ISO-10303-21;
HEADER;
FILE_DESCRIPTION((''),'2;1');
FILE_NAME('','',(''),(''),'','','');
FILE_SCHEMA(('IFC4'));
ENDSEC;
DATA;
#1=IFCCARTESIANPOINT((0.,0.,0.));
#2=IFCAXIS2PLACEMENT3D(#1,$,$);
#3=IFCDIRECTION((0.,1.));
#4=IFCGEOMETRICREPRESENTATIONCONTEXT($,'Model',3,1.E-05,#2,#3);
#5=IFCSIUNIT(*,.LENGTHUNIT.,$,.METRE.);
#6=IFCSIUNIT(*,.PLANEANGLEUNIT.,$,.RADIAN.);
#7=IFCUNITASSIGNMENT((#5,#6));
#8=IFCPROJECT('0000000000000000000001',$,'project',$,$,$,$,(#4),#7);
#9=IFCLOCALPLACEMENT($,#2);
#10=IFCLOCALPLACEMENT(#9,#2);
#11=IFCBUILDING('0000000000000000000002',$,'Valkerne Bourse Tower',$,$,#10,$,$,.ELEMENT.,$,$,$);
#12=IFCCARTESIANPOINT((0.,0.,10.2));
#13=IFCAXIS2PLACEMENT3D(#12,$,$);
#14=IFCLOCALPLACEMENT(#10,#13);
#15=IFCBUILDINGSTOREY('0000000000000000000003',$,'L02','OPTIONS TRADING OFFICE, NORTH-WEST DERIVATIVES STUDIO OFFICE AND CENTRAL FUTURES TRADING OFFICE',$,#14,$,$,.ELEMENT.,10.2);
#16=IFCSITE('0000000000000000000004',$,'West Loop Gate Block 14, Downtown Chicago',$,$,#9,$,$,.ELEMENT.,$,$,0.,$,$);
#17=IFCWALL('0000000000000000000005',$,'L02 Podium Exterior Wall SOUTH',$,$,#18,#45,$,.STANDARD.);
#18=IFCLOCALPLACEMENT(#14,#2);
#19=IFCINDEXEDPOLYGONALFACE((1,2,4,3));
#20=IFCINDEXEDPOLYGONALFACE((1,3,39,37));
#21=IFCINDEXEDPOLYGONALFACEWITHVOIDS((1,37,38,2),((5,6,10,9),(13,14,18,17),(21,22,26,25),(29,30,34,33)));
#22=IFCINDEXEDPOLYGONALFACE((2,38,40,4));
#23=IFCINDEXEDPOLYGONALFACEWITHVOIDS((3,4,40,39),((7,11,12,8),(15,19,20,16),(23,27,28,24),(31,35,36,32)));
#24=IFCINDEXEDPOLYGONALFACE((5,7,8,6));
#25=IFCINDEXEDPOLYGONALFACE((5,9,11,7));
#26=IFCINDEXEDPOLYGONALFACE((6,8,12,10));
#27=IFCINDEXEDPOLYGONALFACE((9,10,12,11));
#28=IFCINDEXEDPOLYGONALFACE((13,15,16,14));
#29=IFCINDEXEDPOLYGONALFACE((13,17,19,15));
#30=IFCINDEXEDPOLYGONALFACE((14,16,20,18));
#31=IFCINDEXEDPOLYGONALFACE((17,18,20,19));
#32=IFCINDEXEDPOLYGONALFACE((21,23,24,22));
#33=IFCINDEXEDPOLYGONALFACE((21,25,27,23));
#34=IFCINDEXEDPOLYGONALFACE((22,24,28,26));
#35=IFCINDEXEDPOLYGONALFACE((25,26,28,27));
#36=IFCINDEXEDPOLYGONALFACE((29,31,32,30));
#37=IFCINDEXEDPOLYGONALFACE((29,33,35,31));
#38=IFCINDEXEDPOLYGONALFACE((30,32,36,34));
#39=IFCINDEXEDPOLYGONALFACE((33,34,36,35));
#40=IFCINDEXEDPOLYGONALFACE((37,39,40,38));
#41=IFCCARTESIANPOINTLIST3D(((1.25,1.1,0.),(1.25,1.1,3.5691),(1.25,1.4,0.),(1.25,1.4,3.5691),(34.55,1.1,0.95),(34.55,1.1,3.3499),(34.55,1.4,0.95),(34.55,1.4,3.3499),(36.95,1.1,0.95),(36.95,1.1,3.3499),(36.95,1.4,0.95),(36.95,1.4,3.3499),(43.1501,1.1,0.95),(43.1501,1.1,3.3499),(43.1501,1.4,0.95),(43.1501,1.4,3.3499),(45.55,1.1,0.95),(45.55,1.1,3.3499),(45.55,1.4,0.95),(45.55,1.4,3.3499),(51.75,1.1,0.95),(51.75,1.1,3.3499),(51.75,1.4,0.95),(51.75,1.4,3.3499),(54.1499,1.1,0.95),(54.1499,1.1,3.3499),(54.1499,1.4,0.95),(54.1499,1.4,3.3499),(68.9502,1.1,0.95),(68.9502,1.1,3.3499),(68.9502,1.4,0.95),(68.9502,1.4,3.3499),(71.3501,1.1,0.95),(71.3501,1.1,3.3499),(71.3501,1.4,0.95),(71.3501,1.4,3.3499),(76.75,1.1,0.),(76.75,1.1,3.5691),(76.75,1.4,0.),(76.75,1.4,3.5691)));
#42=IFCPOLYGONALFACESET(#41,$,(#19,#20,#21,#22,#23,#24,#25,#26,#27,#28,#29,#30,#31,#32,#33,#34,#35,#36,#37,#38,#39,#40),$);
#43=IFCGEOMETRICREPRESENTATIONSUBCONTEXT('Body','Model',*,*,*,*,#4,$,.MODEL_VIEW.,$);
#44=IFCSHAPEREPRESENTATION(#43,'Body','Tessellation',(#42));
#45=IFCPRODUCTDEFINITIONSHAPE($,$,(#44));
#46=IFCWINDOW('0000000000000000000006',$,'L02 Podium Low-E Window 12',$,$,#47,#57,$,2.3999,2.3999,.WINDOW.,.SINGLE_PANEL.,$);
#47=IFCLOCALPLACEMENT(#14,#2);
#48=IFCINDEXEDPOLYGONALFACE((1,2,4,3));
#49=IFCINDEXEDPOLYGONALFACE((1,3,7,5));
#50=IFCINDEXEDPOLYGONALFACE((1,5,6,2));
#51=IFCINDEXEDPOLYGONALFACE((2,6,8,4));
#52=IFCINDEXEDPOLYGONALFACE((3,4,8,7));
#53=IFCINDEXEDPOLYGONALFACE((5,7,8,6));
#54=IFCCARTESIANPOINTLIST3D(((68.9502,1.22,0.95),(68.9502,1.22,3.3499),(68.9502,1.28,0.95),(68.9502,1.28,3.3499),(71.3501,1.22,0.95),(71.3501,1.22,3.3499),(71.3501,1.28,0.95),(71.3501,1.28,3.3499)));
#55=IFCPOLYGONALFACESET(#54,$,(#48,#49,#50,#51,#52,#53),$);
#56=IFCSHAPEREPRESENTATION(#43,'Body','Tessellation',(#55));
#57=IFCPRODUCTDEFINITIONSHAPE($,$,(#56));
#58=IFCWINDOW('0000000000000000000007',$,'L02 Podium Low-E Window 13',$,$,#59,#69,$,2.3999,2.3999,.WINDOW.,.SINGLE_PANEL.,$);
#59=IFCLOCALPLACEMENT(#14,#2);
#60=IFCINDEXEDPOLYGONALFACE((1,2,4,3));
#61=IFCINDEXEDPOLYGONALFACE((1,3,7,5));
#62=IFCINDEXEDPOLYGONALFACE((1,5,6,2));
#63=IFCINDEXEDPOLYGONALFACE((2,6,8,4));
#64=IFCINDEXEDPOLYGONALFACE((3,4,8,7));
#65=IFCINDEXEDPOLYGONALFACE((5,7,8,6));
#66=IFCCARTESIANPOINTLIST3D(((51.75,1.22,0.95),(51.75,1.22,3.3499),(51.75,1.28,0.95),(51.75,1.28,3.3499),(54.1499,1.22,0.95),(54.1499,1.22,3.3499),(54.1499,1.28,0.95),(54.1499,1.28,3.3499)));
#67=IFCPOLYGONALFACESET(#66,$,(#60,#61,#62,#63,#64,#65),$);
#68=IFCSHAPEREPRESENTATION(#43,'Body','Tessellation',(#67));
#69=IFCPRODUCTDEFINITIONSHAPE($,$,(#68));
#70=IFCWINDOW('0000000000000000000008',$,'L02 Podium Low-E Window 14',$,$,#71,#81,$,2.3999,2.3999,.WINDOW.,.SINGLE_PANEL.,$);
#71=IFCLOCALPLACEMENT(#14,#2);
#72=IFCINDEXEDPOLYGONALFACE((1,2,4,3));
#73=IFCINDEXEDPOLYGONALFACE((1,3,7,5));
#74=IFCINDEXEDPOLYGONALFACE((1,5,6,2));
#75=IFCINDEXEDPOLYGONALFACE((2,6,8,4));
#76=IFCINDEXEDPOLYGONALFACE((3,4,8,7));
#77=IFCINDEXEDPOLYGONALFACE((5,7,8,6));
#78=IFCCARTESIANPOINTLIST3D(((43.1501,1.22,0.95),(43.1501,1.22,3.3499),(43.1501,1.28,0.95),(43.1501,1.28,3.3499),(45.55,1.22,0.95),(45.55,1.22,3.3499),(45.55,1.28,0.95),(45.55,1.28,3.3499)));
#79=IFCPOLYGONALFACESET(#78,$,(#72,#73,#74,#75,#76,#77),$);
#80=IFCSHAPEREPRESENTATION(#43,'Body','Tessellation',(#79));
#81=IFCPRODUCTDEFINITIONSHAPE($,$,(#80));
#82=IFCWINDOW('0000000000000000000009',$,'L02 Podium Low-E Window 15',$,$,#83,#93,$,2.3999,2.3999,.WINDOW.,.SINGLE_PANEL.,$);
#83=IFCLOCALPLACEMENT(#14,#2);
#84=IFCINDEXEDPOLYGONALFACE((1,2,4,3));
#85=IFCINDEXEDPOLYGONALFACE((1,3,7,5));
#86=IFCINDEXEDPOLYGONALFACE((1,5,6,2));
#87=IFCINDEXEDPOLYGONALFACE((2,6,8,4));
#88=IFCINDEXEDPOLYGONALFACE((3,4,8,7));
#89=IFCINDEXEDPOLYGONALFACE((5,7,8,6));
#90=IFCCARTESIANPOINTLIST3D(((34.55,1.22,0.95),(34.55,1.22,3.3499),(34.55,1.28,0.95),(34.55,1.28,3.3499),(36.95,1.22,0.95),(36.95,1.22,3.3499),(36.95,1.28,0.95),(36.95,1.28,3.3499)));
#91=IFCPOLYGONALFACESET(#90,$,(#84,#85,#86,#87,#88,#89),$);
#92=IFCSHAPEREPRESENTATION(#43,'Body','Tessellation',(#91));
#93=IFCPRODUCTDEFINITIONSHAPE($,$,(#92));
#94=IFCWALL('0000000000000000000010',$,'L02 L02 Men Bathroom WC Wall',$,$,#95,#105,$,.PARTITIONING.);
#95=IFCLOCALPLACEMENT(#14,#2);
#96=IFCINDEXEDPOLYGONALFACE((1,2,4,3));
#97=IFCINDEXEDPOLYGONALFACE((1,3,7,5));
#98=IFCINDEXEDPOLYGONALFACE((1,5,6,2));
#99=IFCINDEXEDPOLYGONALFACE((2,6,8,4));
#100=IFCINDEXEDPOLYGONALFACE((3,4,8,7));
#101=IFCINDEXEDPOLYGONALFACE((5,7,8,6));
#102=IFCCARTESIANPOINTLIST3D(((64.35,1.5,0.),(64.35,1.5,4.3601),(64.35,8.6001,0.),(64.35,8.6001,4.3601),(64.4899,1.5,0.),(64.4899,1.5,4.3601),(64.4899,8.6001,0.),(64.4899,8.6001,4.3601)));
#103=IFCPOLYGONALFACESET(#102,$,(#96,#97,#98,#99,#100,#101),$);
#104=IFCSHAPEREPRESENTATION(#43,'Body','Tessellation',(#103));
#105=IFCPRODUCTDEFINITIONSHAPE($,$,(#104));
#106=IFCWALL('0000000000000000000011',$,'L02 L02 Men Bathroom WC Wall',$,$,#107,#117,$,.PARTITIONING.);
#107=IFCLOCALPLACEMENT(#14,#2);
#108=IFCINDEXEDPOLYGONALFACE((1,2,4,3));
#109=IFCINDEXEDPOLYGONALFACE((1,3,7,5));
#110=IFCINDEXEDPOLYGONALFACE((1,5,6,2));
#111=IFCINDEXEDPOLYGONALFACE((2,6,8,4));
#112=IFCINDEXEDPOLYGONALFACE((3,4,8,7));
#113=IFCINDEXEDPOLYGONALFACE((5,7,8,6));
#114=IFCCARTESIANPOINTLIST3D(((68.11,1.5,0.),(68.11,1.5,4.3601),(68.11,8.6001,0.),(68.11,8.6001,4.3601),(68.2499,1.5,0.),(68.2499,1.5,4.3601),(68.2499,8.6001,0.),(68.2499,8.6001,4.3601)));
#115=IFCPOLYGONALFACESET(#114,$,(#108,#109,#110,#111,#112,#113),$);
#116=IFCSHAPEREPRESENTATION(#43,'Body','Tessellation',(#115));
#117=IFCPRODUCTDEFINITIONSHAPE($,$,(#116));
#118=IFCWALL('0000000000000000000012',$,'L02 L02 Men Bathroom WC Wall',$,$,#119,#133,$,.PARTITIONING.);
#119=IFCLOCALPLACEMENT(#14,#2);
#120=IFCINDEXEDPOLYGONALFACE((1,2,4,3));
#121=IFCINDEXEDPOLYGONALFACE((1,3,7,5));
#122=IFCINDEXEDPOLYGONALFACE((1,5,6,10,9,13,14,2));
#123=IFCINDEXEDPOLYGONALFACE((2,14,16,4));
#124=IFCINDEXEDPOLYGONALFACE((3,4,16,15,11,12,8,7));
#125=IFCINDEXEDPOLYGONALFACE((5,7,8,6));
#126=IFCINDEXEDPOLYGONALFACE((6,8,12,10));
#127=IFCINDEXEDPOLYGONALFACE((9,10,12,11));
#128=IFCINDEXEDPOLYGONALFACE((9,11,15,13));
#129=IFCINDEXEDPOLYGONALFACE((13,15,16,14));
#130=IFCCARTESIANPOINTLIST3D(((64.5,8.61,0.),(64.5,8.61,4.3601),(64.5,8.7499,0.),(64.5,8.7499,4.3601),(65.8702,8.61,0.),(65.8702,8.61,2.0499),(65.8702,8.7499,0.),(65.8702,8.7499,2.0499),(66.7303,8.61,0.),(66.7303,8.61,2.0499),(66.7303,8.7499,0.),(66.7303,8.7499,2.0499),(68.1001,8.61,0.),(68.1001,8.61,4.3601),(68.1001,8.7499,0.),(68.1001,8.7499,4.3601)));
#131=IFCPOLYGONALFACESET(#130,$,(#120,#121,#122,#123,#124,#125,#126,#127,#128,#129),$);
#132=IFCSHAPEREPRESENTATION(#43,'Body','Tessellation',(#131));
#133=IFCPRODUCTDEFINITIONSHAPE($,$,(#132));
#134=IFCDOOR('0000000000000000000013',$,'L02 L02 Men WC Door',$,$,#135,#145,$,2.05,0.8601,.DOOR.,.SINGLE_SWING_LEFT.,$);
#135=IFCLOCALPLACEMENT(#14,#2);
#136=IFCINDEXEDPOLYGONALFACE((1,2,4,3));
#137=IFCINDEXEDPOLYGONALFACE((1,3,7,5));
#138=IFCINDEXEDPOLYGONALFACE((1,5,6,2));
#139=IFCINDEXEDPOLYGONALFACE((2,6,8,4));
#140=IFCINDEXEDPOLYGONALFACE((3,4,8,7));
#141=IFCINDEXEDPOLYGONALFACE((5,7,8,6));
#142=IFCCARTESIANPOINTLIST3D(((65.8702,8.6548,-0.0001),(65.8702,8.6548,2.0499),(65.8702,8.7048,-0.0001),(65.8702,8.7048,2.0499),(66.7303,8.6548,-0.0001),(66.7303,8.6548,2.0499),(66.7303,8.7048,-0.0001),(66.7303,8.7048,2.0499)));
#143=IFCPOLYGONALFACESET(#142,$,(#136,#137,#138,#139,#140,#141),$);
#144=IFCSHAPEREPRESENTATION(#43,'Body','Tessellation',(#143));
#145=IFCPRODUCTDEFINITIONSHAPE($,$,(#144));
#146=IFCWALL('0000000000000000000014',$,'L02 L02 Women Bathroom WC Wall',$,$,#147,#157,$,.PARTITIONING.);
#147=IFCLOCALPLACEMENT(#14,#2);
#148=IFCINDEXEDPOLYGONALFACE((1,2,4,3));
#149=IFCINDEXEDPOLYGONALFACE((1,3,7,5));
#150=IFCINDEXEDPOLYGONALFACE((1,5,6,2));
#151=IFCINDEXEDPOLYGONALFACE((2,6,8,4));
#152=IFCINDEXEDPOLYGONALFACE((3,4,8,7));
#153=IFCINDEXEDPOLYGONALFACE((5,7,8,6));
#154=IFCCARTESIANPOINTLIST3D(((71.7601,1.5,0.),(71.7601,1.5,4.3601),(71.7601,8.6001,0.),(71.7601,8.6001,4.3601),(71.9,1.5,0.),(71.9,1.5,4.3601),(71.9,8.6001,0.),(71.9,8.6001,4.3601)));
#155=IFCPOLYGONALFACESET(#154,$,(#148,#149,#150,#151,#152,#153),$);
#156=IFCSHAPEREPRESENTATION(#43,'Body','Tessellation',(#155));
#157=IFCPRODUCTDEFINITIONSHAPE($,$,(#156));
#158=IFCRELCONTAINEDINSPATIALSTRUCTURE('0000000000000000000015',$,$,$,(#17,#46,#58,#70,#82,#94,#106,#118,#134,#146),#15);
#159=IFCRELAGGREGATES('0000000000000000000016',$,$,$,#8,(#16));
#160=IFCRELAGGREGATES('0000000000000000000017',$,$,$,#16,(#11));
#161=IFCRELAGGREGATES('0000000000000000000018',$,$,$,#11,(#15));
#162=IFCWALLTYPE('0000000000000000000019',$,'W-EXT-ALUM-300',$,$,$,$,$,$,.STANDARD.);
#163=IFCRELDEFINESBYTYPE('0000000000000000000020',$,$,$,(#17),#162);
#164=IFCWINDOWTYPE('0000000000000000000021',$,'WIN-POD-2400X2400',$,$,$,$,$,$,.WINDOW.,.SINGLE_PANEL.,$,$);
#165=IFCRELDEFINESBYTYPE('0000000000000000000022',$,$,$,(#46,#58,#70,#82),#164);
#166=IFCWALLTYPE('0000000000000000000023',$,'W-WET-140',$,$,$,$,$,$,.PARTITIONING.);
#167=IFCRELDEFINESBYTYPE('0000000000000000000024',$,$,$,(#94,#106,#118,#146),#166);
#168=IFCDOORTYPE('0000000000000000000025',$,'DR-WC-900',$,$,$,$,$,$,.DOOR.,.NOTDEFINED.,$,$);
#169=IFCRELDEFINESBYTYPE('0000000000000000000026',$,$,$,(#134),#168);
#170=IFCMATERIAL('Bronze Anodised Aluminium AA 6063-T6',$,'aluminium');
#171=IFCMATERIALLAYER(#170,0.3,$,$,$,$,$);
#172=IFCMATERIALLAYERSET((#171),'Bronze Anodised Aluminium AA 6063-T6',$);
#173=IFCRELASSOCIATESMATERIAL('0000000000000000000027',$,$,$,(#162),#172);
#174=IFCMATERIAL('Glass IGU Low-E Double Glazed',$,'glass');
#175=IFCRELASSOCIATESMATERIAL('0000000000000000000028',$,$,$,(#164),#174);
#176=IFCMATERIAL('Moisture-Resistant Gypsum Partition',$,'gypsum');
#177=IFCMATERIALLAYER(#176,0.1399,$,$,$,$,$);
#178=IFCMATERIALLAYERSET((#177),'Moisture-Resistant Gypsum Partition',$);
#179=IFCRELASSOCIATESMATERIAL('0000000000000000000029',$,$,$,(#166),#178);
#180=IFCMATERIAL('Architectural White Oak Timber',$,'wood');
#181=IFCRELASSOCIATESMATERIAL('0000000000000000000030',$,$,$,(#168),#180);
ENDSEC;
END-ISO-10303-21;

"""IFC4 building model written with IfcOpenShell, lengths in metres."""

from ifc_helpers import new_model, si_unit, direction, frame, frame_2d, origin, place, context, subcontext, project, spatial, rectangle, extrude, material, layer, layer_set, type_object, element, fill, save


model = new_model("IFC4")

# Units and contexts
model_context = context("Model", 3, precision=1e-05, world=origin(), true_north=direction((0.0, 1.0)))
body_context = subcontext(model_context, "Body", "Model", "MODEL_VIEW")
ifc_project = project(units=[si_unit("LENGTHUNIT", "METRE"), si_unit("PLANEANGLEUNIT", "RADIAN")], contexts=[model_context])

# Site, building, storey
site_placement = place(None, origin())
site = spatial("IfcSite", under=ifc_project, at=site_placement, Name="West Loop Gate Block 14, Downtown Chicago", CompositionType="ELEMENT", RefElevation=0.0)
building_placement = place(site_placement, origin())
building = spatial("IfcBuilding", under=site, at=building_placement, Name="Valkerne Bourse Tower", CompositionType="ELEMENT")
storey_placement = place(building_placement, frame((0.0, 0.0, 10.2)))
storey = spatial("IfcBuildingStorey", under=building, at=storey_placement, Name="L02", Description="OPTIONS TRADING OFFICE, NORTH-WEST DERIVATIVES STUDIO OFFICE AND CENTRAL FUTURES TRADING OFFICE", CompositionType="ELEMENT", Elevation=10.2)

# Wall, openings, windows
ifc_material_1 = material(Name="Bronze Anodised Aluminium AA 6063-T6", Category="aluminium")
ifc_layer_1 = layer(ifc_material_1, 0.3)
ifc_layer_set_1 = layer_set([ifc_layer_1], Name="Bronze Anodised Aluminium AA 6063-T6")
wall_type_1 = type_object("IfcWallType", Name="W-EXT-ALUM-300", PredefinedType="STANDARD", material=ifc_layer_set_1)
wall_1_placement = place(storey_placement, frame((76.75, 1.25, 0.0), z_axis=(0.0, 0.0, 1.0), x_axis=(-1.0, 0.0, 0.0)))
wall_1 = element("IfcWall", 1, at=wall_1_placement, inside=storey, type_object=wall_type_1, Name="L02 Podium Exterior Wall SOUTH", PredefinedType="STANDARD", context=body_context, shape_type="SweptSolid", body=[
    extrude(rectangle(XDim=75.5, YDim=0.3, at=frame_2d((37.75, 0.0))), origin(), (0.0, 0.0, 1.0), 3.5691),
])
opening_1_placement = place(wall_1_placement, frame((5.3999, 0.0, 0.95)))
opening_1 = element("IfcOpeningElement", 2, at=opening_1_placement, cuts=wall_1, PredefinedType="OPENING", context=body_context, shape_type="SweptSolid", body=[
    extrude(rectangle(XDim=2.3999, YDim=2.3999, at=frame_2d((1.2, 1.2))), frame((0.0, 0.1599, 0.0), z_axis=(0.0, -1.0, 0.0), x_axis=(1.0, 0.0, 0.0)), (0.0, 0.0, 1.0), 0.3201),
])
opening_2_placement = place(wall_1_placement, frame((22.6001, 0.0, 0.95)))
opening_2 = element("IfcOpeningElement", 3, at=opening_2_placement, cuts=wall_1, PredefinedType="OPENING", context=body_context, shape_type="SweptSolid", body=[
    extrude(rectangle(XDim=2.3999, YDim=2.3999, at=frame_2d((1.2, 1.2))), frame((0.0, 0.1599, 0.0), z_axis=(0.0, -1.0, 0.0), x_axis=(1.0, 0.0, 0.0)), (0.0, 0.0, 1.0), 0.3201),
])
opening_3_placement = place(wall_1_placement, frame((31.2, 0.0, 0.95)))
opening_3 = element("IfcOpeningElement", 4, at=opening_3_placement, cuts=wall_1, PredefinedType="OPENING", context=body_context, shape_type="SweptSolid", body=[
    extrude(rectangle(XDim=2.3999, YDim=2.3999, at=frame_2d((1.2, 1.2))), frame((0.0, 0.1599, 0.0), z_axis=(0.0, -1.0, 0.0), x_axis=(1.0, 0.0, 0.0)), (0.0, 0.0, 1.0), 0.3201),
])
opening_4_placement = place(wall_1_placement, frame((39.8, 0.0, 0.95)))
opening_4 = element("IfcOpeningElement", 5, at=opening_4_placement, cuts=wall_1, PredefinedType="OPENING", context=body_context, shape_type="SweptSolid", body=[
    extrude(rectangle(XDim=2.3999, YDim=2.3999, at=frame_2d((1.2, 1.2))), frame((0.0, 0.1599, 0.0), z_axis=(0.0, -1.0, 0.0), x_axis=(1.0, 0.0, 0.0)), (0.0, 0.0, 1.0), 0.3201),
])
ifc_material_2 = material(Name="Glass IGU Low-E Double Glazed", Category="glass")
window_type = type_object("IfcWindowType", Name="WIN-POD-2400X2400", PartitioningType="SINGLE_PANEL", PredefinedType="WINDOW", material=ifc_material_2)
window_1_placement = place(opening_1_placement, origin())
window_1 = element("IfcWindow", 6, at=window_1_placement, inside=storey, type_object=window_type, Name="L02 Podium Low-E Window 12", OverallHeight=2.3999, OverallWidth=2.3999, PartitioningType="SINGLE_PANEL", PredefinedType="WINDOW", context=body_context, shape_type="SweptSolid", body=[
    extrude(rectangle(XDim=2.3999, YDim=2.3999, at=frame_2d((1.2, 1.2))), frame((0.0, 0.03, 0.0), z_axis=(0.0, -1.0, 0.0), x_axis=(1.0, 0.0, 0.0)), (0.0, 0.0, 1.0), 0.0601),
])
fill(opening_1, window_1)
window_2_placement = place(opening_2_placement, origin())
window_2 = element("IfcWindow", 7, at=window_2_placement, inside=storey, type_object=window_type, Name="L02 Podium Low-E Window 13", OverallHeight=2.3999, OverallWidth=2.3999, PartitioningType="SINGLE_PANEL", PredefinedType="WINDOW", context=body_context, shape_type="SweptSolid", body=[
    extrude(rectangle(XDim=2.3999, YDim=2.3999, at=frame_2d((1.2, 1.2))), frame((0.0, 0.03, 0.0), z_axis=(0.0, -1.0, 0.0), x_axis=(1.0, 0.0, 0.0)), (0.0, 0.0, 1.0), 0.0601),
])
fill(opening_2, window_2)
window_3_placement = place(opening_3_placement, origin())
window_3 = element("IfcWindow", 8, at=window_3_placement, inside=storey, type_object=window_type, Name="L02 Podium Low-E Window 14", OverallHeight=2.3999, OverallWidth=2.3999, PartitioningType="SINGLE_PANEL", PredefinedType="WINDOW", context=body_context, shape_type="SweptSolid", body=[
    extrude(rectangle(XDim=2.3999, YDim=2.3999, at=frame_2d((1.2, 1.2))), frame((0.0, 0.03, 0.0), z_axis=(0.0, -1.0, 0.0), x_axis=(1.0, 0.0, 0.0)), (0.0, 0.0, 1.0), 0.0601),
])
fill(opening_3, window_3)
window_4_placement = place(opening_4_placement, origin())
window_4 = element("IfcWindow", 9, at=window_4_placement, inside=storey, type_object=window_type, Name="L02 Podium Low-E Window 15", OverallHeight=2.3999, OverallWidth=2.3999, PartitioningType="SINGLE_PANEL", PredefinedType="WINDOW", context=body_context, shape_type="SweptSolid", body=[
    extrude(rectangle(XDim=2.3999, YDim=2.3999, at=frame_2d((1.2, 1.2))), frame((0.0, 0.03, 0.0), z_axis=(0.0, -1.0, 0.0), x_axis=(1.0, 0.0, 0.0)), (0.0, 0.0, 1.0), 0.0601),
])
fill(opening_4, window_4)

# Walls
ifc_material_3 = material(Name="Moisture-Resistant Gypsum Partition", Category="gypsum")
ifc_layer_2 = layer(ifc_material_3, 0.1399)
ifc_layer_set_2 = layer_set([ifc_layer_2], Name="Moisture-Resistant Gypsum Partition")
wall_type_2 = type_object("IfcWallType", Name="W-WET-140", PredefinedType="PARTITIONING", material=ifc_layer_set_2)
for number, where, z_axis, x_axis, name in (
    (10, (64.4199, 1.5, 0.0), (0.0, 0.0, 1.0), (0.0, 1.0, 0.0), "L02 L02 Men Bathroom WC Wall"),
    (11, (68.1799, 1.5, 0.0), (0.0, 0.0, 1.0), (0.0, 1.0, 0.0), "L02 L02 Men Bathroom WC Wall"),
):
    element("IfcWall", number, at=place(storey_placement, frame(where, z_axis=z_axis, x_axis=x_axis)), inside=storey, type_object=wall_type_2, Name=name, PredefinedType="PARTITIONING", context=body_context, shape_type="SweptSolid", body=[
        extrude(rectangle(XDim=7.1001, YDim=0.1399, at=frame_2d((3.55, 0.0))), origin(), (0.0, 0.0, 1.0), 4.3601),
    ])

# Wall, opening, door
wall_2_placement = place(storey_placement, frame((64.5, 8.6799, 0.0), z_axis=(0.0, 0.0, 1.0), x_axis=(1.0, 0.0, 0.0)))
wall_2 = element("IfcWall", 12, at=wall_2_placement, inside=storey, type_object=wall_type_2, Name="L02 L02 Men Bathroom WC Wall", PredefinedType="PARTITIONING", context=body_context, shape_type="SweptSolid", body=[
    extrude(rectangle(XDim=3.6001, YDim=0.1399, at=frame_2d((1.8, 0.0))), origin(), (0.0, 0.0, 1.0), 4.3601),
])
opening_5_placement = place(wall_2_placement, frame((1.3701, 0.0, 0.0)))
opening_5 = element("IfcOpeningElement", 13, at=opening_5_placement, cuts=wall_2, PredefinedType="OPENING", context=body_context, shape_type="SweptSolid", body=[
    extrude(rectangle(XDim=0.8601, YDim=2.05, at=frame_2d((0.4302, 1.0249))), frame((0.0, 0.0798, 0.0), z_axis=(0.0, -1.0, 0.0), x_axis=(1.0, 0.0, 0.0)), (0.0, 0.0, 1.0), 0.1599),
])
ifc_material_4 = material(Name="Architectural White Oak Timber", Category="wood")
door_type = type_object("IfcDoorType", Name="DR-WC-900", OperationType="NOTDEFINED", PredefinedType="DOOR", material=ifc_material_4)
door_1_placement = place(opening_5_placement, origin())
door_1 = element("IfcDoor", 14, at=door_1_placement, inside=storey, type_object=door_type, Name="L02 L02 Men WC Door", OperationType="SINGLE_SWING_LEFT", OverallHeight=2.05, OverallWidth=0.8601, PredefinedType="DOOR", context=body_context, shape_type="SweptSolid", body=[
    extrude(rectangle(XDim=0.8601, YDim=2.05, at=frame_2d((0.4302, 1.0249))), frame((0.0, 0.0249, 0.0), z_axis=(0.0, -1.0, 0.0), x_axis=(1.0, 0.0, 0.0)), (0.0, 0.0, 1.0), 0.05),
])
fill(opening_5, door_1)

# Wall
wall_3_placement = place(storey_placement, frame((71.8301, 1.5, 0.0), z_axis=(0.0, 0.0, 1.0), x_axis=(0.0, 1.0, 0.0)))
element("IfcWall", 15, at=wall_3_placement, inside=storey, type_object=wall_type_2, Name="L02 L02 Women Bathroom WC Wall", PredefinedType="PARTITIONING", context=body_context, shape_type="SweptSolid", body=[
    extrude(rectangle(XDim=7.1001, YDim=0.1399, at=frame_2d((3.55, 0.0))), origin(), (0.0, 0.0, 1.0), 4.3601),
])

save(model, "model.ifc")
